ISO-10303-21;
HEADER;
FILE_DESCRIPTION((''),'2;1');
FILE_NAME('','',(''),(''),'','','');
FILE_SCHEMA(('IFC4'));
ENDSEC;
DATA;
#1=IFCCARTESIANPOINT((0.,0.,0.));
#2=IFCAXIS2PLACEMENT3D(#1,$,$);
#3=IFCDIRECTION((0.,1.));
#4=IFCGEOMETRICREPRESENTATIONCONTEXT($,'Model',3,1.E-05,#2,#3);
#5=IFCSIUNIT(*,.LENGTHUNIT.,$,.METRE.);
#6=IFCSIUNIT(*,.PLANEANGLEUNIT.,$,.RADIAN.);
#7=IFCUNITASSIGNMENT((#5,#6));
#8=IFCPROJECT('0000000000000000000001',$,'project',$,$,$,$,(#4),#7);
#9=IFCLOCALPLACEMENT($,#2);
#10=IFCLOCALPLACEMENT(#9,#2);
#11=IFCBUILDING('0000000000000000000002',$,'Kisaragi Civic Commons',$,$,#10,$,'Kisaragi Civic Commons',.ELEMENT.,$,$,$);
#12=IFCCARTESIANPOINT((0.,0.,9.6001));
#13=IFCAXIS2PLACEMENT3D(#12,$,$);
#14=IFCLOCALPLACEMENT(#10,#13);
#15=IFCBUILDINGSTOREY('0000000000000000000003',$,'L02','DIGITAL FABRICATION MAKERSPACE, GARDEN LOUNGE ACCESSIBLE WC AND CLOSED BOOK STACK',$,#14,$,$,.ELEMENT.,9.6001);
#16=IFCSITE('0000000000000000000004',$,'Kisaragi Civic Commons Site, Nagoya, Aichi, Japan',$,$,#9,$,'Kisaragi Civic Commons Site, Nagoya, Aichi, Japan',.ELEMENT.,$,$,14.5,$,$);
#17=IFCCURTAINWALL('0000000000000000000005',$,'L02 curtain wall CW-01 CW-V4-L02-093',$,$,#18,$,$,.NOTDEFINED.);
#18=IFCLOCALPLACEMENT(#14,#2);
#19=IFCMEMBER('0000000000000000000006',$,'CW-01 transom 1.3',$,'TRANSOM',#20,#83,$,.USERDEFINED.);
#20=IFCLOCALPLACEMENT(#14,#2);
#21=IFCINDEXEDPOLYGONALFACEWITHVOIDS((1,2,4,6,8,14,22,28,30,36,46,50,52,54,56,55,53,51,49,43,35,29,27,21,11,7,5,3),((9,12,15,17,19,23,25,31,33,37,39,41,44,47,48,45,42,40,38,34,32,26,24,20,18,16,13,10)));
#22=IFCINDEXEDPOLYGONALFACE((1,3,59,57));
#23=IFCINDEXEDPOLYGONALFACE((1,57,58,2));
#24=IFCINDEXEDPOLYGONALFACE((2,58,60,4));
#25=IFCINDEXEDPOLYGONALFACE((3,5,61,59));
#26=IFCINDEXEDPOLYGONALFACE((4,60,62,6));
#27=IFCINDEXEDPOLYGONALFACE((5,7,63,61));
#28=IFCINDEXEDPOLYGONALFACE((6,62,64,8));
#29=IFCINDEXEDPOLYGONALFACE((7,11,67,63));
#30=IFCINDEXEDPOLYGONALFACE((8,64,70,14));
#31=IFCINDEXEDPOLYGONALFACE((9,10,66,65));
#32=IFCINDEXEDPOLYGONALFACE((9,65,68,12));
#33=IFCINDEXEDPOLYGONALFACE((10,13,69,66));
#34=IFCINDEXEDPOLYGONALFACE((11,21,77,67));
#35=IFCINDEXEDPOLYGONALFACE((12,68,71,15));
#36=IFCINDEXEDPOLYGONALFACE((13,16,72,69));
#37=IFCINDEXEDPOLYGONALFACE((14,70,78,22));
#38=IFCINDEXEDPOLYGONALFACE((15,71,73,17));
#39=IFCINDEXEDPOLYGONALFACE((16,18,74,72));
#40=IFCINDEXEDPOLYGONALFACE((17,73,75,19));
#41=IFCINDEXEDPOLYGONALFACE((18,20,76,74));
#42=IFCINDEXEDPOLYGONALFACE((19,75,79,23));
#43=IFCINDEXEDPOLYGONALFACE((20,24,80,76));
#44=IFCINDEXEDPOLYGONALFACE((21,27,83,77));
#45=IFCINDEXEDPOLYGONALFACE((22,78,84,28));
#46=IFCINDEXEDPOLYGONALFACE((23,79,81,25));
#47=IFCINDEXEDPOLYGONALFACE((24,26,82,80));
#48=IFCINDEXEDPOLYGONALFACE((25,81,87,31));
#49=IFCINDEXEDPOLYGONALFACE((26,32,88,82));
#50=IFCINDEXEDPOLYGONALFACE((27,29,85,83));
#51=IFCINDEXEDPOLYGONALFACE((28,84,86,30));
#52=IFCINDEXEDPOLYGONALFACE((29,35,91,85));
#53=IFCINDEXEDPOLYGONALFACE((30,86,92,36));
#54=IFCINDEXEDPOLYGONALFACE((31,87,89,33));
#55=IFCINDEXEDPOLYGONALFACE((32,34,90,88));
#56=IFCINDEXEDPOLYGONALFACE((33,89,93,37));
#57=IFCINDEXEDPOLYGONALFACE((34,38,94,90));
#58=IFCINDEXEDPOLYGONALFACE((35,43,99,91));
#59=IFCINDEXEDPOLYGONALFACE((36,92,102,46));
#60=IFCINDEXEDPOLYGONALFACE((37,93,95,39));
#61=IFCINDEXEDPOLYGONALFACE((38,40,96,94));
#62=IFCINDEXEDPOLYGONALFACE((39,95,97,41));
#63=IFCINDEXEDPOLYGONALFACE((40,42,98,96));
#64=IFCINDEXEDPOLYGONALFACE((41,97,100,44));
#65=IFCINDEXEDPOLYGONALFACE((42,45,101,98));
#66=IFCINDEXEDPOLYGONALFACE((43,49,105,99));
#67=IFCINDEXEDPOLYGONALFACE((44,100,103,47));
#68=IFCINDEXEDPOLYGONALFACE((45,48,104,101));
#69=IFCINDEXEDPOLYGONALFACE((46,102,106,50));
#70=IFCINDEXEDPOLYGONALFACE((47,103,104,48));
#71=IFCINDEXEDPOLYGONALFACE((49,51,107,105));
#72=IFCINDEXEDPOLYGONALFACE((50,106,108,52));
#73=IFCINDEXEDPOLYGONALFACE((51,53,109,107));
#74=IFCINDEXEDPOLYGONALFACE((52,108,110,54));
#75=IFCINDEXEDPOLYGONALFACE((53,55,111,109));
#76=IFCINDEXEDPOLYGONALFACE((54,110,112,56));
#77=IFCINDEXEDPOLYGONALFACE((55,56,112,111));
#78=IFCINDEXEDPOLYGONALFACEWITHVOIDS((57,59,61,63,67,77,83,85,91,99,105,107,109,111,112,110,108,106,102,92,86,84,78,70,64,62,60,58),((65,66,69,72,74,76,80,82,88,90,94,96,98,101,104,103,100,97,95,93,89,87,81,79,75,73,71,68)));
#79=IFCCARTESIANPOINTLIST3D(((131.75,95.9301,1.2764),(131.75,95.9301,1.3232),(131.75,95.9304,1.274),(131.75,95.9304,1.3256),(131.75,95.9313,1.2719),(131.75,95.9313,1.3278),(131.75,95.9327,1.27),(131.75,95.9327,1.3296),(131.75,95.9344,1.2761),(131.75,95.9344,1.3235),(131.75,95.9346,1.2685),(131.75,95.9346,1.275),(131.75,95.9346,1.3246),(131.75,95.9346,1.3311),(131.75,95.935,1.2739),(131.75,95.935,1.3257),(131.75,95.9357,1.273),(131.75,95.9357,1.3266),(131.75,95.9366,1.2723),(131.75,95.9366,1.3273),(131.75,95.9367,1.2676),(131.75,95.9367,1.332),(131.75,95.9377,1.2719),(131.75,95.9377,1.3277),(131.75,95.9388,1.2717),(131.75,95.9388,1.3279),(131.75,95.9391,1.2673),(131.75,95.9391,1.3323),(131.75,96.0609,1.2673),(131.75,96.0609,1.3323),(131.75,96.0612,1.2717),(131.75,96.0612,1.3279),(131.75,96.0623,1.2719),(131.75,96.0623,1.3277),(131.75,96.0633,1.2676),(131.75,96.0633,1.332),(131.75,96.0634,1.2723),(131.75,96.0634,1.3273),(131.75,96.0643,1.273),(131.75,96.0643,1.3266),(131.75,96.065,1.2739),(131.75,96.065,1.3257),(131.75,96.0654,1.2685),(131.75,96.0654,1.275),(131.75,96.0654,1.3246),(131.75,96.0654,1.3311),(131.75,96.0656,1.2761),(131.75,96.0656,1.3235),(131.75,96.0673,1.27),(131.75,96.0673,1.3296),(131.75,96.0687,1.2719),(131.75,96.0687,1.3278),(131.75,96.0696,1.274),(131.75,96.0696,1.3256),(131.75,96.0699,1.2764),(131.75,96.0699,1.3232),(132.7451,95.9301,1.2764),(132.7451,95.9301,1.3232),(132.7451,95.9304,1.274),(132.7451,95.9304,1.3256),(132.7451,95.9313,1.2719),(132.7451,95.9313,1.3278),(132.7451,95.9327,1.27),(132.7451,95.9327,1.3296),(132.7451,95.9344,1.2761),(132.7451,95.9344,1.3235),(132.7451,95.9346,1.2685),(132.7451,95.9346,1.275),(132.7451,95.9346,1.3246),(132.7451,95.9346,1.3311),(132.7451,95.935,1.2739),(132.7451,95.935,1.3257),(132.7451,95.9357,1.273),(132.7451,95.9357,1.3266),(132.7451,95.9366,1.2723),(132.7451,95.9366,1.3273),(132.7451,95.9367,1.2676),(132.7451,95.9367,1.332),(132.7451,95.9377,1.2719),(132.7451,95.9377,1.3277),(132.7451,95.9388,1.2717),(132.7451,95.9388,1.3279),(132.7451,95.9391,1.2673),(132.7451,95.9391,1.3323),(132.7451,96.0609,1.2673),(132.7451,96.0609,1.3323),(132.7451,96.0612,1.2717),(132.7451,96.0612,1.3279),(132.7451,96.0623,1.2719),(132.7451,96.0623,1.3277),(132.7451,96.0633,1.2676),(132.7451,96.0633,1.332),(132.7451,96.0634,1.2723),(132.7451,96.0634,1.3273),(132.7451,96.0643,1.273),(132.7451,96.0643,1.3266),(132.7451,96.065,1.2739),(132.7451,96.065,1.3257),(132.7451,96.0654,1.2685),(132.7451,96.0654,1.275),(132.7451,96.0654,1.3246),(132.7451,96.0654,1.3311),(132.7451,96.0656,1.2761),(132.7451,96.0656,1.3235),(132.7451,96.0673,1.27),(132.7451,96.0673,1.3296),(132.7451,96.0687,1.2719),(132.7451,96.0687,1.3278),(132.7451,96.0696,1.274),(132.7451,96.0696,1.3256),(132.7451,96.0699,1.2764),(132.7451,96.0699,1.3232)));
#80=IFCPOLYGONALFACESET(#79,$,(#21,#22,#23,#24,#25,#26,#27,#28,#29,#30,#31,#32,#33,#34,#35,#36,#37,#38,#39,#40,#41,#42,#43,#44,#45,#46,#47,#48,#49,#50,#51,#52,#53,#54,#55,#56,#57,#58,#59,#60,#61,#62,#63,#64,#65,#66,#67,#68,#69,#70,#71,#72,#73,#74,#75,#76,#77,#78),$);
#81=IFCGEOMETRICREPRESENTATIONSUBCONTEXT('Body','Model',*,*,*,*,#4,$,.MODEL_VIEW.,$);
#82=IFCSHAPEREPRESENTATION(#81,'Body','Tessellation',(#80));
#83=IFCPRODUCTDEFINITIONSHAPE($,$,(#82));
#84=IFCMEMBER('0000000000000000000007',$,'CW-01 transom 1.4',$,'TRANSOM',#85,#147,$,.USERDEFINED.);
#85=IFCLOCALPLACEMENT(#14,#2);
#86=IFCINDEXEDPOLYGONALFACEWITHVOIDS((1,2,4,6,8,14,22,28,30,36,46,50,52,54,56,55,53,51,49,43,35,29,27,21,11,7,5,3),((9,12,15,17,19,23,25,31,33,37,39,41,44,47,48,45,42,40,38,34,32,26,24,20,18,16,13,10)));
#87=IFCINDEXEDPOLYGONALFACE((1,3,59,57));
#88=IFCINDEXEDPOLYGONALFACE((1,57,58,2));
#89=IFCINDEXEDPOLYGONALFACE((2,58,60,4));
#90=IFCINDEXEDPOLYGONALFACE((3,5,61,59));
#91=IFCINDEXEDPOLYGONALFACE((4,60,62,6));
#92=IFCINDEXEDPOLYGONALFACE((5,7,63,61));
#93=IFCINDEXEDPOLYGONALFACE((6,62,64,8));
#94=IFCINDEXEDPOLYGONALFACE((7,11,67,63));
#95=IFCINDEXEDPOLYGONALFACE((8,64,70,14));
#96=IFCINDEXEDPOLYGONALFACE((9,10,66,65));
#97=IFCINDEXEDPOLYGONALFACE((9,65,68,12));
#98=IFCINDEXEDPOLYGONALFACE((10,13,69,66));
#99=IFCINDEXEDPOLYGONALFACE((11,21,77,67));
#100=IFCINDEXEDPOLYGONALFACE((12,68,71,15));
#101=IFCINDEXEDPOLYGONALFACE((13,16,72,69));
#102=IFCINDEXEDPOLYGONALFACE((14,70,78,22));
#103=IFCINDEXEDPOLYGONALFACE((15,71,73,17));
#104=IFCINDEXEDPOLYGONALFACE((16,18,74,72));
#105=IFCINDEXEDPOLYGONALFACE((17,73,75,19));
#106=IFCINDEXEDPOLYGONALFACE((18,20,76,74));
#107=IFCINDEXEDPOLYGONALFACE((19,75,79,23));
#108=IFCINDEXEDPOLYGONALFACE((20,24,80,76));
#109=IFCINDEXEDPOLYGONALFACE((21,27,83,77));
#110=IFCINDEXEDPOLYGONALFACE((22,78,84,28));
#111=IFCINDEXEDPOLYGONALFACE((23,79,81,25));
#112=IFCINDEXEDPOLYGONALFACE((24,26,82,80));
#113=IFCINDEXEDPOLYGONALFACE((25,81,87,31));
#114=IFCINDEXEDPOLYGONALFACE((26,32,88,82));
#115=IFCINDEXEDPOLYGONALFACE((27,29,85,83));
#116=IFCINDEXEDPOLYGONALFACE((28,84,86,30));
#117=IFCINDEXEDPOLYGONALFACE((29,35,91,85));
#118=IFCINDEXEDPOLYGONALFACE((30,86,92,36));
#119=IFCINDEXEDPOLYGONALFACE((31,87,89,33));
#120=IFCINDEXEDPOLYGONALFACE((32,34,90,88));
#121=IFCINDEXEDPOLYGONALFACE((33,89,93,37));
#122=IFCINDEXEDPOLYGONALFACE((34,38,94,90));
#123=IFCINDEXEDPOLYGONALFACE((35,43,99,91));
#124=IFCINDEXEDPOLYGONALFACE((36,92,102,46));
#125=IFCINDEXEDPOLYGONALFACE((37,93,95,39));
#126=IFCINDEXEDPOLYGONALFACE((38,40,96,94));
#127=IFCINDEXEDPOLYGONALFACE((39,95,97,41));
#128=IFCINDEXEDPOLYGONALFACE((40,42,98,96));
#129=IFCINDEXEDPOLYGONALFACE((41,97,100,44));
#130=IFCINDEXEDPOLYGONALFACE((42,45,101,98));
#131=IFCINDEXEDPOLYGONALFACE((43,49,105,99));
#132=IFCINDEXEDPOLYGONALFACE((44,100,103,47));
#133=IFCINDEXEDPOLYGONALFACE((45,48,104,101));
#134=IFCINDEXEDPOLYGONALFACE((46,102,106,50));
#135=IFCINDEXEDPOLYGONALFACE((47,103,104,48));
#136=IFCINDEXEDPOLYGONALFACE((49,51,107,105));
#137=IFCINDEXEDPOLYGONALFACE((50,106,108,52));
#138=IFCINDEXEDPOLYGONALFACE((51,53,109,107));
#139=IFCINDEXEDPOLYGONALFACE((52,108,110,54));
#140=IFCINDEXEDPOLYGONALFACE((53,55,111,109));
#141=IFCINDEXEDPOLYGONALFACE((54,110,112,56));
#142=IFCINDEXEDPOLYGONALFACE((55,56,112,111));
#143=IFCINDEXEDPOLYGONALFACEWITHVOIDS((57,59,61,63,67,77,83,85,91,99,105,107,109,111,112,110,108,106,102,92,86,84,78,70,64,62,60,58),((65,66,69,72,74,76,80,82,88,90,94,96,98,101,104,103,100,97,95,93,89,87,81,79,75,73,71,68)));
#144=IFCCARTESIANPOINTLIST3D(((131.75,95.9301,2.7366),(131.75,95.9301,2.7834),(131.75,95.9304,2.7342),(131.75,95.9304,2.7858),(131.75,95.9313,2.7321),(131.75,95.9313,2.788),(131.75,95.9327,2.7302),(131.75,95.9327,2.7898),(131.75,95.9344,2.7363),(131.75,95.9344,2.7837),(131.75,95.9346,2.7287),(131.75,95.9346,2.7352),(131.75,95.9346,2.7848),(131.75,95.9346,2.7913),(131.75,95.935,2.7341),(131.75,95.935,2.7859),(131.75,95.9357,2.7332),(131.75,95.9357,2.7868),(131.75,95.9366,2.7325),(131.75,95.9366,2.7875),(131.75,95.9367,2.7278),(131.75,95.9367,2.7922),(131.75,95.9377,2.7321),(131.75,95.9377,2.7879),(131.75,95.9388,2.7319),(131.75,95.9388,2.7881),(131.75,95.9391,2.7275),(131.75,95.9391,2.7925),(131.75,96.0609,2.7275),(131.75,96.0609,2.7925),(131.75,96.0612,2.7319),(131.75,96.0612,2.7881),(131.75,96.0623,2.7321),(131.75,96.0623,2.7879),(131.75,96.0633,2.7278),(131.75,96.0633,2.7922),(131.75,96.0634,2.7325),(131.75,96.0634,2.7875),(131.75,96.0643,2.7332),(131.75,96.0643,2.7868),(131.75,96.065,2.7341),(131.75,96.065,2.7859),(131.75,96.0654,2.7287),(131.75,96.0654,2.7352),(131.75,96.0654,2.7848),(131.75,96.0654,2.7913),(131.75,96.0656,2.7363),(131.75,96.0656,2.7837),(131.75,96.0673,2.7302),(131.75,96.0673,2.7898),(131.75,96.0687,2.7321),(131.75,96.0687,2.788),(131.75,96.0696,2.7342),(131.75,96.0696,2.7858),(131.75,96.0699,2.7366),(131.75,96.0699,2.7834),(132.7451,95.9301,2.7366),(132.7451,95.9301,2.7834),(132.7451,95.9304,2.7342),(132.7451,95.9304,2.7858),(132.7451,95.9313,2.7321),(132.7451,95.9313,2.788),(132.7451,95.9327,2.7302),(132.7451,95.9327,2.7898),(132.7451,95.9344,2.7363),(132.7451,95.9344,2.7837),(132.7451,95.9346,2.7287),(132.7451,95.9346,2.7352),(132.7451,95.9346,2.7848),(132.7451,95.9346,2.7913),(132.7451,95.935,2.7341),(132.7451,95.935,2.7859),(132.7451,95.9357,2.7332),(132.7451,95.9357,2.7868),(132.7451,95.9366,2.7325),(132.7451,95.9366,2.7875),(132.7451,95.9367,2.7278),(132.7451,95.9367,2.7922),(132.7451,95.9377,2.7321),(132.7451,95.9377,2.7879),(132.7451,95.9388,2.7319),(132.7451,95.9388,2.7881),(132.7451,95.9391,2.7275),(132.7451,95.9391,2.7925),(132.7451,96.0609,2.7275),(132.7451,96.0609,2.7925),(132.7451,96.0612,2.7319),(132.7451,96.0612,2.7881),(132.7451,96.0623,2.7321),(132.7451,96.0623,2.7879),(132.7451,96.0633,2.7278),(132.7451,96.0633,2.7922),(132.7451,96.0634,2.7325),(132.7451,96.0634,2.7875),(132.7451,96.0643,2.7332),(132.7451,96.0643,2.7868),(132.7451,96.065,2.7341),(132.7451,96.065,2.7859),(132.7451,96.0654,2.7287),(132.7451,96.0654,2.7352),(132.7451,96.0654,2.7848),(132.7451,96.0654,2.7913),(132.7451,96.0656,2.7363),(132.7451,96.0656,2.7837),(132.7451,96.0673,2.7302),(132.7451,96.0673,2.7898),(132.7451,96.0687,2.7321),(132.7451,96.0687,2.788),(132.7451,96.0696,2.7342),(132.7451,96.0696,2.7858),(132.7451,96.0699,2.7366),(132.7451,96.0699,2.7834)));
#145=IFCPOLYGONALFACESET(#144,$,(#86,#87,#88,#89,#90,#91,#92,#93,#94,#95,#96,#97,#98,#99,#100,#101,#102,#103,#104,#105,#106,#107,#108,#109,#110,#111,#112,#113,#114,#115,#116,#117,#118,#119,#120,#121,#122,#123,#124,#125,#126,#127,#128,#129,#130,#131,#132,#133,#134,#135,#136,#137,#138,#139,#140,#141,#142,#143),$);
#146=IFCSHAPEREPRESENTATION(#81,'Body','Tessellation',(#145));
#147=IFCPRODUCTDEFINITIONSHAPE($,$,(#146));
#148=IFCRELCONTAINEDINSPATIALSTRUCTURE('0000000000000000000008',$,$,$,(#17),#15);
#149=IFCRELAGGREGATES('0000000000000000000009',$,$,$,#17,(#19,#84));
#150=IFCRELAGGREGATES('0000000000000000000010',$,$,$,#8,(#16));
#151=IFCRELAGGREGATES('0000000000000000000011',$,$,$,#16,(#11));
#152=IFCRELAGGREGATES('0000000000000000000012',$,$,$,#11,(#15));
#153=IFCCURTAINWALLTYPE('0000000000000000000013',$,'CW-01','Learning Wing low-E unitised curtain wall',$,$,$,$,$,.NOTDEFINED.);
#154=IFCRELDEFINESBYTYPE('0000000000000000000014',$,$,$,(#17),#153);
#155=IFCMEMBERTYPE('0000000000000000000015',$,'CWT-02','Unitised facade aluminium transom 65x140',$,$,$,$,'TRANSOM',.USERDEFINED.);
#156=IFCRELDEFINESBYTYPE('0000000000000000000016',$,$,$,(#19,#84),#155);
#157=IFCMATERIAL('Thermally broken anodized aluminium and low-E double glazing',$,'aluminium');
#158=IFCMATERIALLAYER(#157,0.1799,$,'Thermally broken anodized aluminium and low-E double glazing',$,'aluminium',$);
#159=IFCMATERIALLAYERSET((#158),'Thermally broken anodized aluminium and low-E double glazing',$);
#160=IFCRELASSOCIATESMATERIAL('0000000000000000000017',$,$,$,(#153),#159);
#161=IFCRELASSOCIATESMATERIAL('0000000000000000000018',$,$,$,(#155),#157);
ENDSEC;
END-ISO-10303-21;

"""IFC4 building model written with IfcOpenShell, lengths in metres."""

from ifc_helpers import new_model, si_unit, direction, frame, origin, origin_2d, place, context, subcontext, project, spatial, hollow_rectangle, extrude, material, layer, layer_set, material_profile, profile_set, type_object, element, aggregate, save


model = new_model("IFC4")

# Units and contexts
model_context = context("Model", 3, precision=1e-05, world=origin(), true_north=direction((0.0, 1.0)))
body_context = subcontext(model_context, "Body", "Model", "MODEL_VIEW")
ifc_project = project(units=[si_unit("LENGTHUNIT", "METRE"), si_unit("PLANEANGLEUNIT", "RADIAN")], contexts=[model_context])

# Site, building, storey
site_placement = place(None, origin())
site = spatial("IfcSite", under=ifc_project, at=site_placement, Name="Kisaragi Civic Commons Site, Nagoya, Aichi, Japan", LongName="Kisaragi Civic Commons Site, Nagoya, Aichi, Japan", CompositionType="ELEMENT", RefElevation=14.5)
building_placement = place(site_placement, origin())
building = spatial("IfcBuilding", under=site, at=building_placement, Name="Kisaragi Civic Commons", LongName="Kisaragi Civic Commons", CompositionType="ELEMENT")
storey_placement = place(building_placement, frame((0.0, 0.0, 9.6001)))
storey = spatial("IfcBuildingStorey", under=building, at=storey_placement, Name="L02", Description="DIGITAL FABRICATION MAKERSPACE, GARDEN LOUNGE ACCESSIBLE WC AND CLOSED BOOK STACK", CompositionType="ELEMENT", Elevation=9.6001)

# Curtain wall, members
ifc_material_1 = material(Name="Thermally broken anodized aluminium and low-E double glazing", Category="aluminium")
ifc_layer_1 = layer(ifc_material_1, 0.1799, Name="Thermally broken anodized aluminium and low-E double glazing", Category="aluminium")
ifc_layer_set_1 = layer_set([ifc_layer_1], Name="Thermally broken anodized aluminium and low-E double glazing")
curtain_wall_type = type_object("IfcCurtainWallType", Name="CW-01", Description="Learning Wing low-E unitised curtain wall", PredefinedType="NOTDEFINED", material=ifc_layer_set_1)
curtain_wall_placement = place(storey_placement, origin())
curtain_wall = element("IfcCurtainWall", 1, at=curtain_wall_placement, inside=storey, type_object=curtain_wall_type, Name="L02 curtain wall CW-01 CW-V4-L02-093", PredefinedType="NOTDEFINED")
ifc_material_profile_1 = material_profile(ifc_material_1, hollow_rectangle(XDim=0.1399, YDim=0.0649, WallThickness=0.0044, InnerFilletRadius=0.0044, OuterFilletRadius=0.009, at=origin_2d()), Name="CWT-65x140x4.5", Category="aluminium")
ifc_profile_set_1 = profile_set([ifc_material_profile_1], Name="Thermally broken anodized aluminium and low-E double glazing")
member_type_1 = type_object("IfcMemberType", Name="CWT-02", Description="Unitised facade aluminium transom 65x140", ElementType="TRANSOM", PredefinedType="USERDEFINED", material=ifc_profile_set_1)
member_1_placement = place(storey_placement, frame((132.7451, 96.0, 1.2998), z_axis=(-1.0, 0.0, 0.0), x_axis=(0.0, -1.0, 0.0)))
member_1 = element("IfcMember", 2, at=member_1_placement, type_object=member_type_1, Name="CW-01 transom 1.3", ObjectType="TRANSOM", PredefinedType="USERDEFINED", context=body_context, shape_type="SweptSolid", body=[
    extrude(hollow_rectangle(XDim=0.1399, YDim=0.0649, WallThickness=0.0044, InnerFilletRadius=0.0044, OuterFilletRadius=0.009, at=origin_2d()), origin(), (0.0, 0.0, 1.0), 0.9951),
])
member_2_placement = place(storey_placement, frame((132.7451, 96.0, 2.76), z_axis=(-1.0, 0.0, 0.0), x_axis=(0.0, -1.0, 0.0)))
member_2 = element("IfcMember", 3, at=member_2_placement, type_object=member_type_1, Name="CW-01 transom 1.4", ObjectType="TRANSOM", PredefinedType="USERDEFINED", context=body_context, shape_type="SweptSolid", body=[
    extrude(hollow_rectangle(XDim=0.1399, YDim=0.0649, WallThickness=0.0044, InnerFilletRadius=0.0044, OuterFilletRadius=0.009, at=origin_2d()), origin(), (0.0, 0.0, 1.0), 0.9951),
])

aggregate(curtain_wall, [member_1, member_2])

save(model, "model.ifc")
